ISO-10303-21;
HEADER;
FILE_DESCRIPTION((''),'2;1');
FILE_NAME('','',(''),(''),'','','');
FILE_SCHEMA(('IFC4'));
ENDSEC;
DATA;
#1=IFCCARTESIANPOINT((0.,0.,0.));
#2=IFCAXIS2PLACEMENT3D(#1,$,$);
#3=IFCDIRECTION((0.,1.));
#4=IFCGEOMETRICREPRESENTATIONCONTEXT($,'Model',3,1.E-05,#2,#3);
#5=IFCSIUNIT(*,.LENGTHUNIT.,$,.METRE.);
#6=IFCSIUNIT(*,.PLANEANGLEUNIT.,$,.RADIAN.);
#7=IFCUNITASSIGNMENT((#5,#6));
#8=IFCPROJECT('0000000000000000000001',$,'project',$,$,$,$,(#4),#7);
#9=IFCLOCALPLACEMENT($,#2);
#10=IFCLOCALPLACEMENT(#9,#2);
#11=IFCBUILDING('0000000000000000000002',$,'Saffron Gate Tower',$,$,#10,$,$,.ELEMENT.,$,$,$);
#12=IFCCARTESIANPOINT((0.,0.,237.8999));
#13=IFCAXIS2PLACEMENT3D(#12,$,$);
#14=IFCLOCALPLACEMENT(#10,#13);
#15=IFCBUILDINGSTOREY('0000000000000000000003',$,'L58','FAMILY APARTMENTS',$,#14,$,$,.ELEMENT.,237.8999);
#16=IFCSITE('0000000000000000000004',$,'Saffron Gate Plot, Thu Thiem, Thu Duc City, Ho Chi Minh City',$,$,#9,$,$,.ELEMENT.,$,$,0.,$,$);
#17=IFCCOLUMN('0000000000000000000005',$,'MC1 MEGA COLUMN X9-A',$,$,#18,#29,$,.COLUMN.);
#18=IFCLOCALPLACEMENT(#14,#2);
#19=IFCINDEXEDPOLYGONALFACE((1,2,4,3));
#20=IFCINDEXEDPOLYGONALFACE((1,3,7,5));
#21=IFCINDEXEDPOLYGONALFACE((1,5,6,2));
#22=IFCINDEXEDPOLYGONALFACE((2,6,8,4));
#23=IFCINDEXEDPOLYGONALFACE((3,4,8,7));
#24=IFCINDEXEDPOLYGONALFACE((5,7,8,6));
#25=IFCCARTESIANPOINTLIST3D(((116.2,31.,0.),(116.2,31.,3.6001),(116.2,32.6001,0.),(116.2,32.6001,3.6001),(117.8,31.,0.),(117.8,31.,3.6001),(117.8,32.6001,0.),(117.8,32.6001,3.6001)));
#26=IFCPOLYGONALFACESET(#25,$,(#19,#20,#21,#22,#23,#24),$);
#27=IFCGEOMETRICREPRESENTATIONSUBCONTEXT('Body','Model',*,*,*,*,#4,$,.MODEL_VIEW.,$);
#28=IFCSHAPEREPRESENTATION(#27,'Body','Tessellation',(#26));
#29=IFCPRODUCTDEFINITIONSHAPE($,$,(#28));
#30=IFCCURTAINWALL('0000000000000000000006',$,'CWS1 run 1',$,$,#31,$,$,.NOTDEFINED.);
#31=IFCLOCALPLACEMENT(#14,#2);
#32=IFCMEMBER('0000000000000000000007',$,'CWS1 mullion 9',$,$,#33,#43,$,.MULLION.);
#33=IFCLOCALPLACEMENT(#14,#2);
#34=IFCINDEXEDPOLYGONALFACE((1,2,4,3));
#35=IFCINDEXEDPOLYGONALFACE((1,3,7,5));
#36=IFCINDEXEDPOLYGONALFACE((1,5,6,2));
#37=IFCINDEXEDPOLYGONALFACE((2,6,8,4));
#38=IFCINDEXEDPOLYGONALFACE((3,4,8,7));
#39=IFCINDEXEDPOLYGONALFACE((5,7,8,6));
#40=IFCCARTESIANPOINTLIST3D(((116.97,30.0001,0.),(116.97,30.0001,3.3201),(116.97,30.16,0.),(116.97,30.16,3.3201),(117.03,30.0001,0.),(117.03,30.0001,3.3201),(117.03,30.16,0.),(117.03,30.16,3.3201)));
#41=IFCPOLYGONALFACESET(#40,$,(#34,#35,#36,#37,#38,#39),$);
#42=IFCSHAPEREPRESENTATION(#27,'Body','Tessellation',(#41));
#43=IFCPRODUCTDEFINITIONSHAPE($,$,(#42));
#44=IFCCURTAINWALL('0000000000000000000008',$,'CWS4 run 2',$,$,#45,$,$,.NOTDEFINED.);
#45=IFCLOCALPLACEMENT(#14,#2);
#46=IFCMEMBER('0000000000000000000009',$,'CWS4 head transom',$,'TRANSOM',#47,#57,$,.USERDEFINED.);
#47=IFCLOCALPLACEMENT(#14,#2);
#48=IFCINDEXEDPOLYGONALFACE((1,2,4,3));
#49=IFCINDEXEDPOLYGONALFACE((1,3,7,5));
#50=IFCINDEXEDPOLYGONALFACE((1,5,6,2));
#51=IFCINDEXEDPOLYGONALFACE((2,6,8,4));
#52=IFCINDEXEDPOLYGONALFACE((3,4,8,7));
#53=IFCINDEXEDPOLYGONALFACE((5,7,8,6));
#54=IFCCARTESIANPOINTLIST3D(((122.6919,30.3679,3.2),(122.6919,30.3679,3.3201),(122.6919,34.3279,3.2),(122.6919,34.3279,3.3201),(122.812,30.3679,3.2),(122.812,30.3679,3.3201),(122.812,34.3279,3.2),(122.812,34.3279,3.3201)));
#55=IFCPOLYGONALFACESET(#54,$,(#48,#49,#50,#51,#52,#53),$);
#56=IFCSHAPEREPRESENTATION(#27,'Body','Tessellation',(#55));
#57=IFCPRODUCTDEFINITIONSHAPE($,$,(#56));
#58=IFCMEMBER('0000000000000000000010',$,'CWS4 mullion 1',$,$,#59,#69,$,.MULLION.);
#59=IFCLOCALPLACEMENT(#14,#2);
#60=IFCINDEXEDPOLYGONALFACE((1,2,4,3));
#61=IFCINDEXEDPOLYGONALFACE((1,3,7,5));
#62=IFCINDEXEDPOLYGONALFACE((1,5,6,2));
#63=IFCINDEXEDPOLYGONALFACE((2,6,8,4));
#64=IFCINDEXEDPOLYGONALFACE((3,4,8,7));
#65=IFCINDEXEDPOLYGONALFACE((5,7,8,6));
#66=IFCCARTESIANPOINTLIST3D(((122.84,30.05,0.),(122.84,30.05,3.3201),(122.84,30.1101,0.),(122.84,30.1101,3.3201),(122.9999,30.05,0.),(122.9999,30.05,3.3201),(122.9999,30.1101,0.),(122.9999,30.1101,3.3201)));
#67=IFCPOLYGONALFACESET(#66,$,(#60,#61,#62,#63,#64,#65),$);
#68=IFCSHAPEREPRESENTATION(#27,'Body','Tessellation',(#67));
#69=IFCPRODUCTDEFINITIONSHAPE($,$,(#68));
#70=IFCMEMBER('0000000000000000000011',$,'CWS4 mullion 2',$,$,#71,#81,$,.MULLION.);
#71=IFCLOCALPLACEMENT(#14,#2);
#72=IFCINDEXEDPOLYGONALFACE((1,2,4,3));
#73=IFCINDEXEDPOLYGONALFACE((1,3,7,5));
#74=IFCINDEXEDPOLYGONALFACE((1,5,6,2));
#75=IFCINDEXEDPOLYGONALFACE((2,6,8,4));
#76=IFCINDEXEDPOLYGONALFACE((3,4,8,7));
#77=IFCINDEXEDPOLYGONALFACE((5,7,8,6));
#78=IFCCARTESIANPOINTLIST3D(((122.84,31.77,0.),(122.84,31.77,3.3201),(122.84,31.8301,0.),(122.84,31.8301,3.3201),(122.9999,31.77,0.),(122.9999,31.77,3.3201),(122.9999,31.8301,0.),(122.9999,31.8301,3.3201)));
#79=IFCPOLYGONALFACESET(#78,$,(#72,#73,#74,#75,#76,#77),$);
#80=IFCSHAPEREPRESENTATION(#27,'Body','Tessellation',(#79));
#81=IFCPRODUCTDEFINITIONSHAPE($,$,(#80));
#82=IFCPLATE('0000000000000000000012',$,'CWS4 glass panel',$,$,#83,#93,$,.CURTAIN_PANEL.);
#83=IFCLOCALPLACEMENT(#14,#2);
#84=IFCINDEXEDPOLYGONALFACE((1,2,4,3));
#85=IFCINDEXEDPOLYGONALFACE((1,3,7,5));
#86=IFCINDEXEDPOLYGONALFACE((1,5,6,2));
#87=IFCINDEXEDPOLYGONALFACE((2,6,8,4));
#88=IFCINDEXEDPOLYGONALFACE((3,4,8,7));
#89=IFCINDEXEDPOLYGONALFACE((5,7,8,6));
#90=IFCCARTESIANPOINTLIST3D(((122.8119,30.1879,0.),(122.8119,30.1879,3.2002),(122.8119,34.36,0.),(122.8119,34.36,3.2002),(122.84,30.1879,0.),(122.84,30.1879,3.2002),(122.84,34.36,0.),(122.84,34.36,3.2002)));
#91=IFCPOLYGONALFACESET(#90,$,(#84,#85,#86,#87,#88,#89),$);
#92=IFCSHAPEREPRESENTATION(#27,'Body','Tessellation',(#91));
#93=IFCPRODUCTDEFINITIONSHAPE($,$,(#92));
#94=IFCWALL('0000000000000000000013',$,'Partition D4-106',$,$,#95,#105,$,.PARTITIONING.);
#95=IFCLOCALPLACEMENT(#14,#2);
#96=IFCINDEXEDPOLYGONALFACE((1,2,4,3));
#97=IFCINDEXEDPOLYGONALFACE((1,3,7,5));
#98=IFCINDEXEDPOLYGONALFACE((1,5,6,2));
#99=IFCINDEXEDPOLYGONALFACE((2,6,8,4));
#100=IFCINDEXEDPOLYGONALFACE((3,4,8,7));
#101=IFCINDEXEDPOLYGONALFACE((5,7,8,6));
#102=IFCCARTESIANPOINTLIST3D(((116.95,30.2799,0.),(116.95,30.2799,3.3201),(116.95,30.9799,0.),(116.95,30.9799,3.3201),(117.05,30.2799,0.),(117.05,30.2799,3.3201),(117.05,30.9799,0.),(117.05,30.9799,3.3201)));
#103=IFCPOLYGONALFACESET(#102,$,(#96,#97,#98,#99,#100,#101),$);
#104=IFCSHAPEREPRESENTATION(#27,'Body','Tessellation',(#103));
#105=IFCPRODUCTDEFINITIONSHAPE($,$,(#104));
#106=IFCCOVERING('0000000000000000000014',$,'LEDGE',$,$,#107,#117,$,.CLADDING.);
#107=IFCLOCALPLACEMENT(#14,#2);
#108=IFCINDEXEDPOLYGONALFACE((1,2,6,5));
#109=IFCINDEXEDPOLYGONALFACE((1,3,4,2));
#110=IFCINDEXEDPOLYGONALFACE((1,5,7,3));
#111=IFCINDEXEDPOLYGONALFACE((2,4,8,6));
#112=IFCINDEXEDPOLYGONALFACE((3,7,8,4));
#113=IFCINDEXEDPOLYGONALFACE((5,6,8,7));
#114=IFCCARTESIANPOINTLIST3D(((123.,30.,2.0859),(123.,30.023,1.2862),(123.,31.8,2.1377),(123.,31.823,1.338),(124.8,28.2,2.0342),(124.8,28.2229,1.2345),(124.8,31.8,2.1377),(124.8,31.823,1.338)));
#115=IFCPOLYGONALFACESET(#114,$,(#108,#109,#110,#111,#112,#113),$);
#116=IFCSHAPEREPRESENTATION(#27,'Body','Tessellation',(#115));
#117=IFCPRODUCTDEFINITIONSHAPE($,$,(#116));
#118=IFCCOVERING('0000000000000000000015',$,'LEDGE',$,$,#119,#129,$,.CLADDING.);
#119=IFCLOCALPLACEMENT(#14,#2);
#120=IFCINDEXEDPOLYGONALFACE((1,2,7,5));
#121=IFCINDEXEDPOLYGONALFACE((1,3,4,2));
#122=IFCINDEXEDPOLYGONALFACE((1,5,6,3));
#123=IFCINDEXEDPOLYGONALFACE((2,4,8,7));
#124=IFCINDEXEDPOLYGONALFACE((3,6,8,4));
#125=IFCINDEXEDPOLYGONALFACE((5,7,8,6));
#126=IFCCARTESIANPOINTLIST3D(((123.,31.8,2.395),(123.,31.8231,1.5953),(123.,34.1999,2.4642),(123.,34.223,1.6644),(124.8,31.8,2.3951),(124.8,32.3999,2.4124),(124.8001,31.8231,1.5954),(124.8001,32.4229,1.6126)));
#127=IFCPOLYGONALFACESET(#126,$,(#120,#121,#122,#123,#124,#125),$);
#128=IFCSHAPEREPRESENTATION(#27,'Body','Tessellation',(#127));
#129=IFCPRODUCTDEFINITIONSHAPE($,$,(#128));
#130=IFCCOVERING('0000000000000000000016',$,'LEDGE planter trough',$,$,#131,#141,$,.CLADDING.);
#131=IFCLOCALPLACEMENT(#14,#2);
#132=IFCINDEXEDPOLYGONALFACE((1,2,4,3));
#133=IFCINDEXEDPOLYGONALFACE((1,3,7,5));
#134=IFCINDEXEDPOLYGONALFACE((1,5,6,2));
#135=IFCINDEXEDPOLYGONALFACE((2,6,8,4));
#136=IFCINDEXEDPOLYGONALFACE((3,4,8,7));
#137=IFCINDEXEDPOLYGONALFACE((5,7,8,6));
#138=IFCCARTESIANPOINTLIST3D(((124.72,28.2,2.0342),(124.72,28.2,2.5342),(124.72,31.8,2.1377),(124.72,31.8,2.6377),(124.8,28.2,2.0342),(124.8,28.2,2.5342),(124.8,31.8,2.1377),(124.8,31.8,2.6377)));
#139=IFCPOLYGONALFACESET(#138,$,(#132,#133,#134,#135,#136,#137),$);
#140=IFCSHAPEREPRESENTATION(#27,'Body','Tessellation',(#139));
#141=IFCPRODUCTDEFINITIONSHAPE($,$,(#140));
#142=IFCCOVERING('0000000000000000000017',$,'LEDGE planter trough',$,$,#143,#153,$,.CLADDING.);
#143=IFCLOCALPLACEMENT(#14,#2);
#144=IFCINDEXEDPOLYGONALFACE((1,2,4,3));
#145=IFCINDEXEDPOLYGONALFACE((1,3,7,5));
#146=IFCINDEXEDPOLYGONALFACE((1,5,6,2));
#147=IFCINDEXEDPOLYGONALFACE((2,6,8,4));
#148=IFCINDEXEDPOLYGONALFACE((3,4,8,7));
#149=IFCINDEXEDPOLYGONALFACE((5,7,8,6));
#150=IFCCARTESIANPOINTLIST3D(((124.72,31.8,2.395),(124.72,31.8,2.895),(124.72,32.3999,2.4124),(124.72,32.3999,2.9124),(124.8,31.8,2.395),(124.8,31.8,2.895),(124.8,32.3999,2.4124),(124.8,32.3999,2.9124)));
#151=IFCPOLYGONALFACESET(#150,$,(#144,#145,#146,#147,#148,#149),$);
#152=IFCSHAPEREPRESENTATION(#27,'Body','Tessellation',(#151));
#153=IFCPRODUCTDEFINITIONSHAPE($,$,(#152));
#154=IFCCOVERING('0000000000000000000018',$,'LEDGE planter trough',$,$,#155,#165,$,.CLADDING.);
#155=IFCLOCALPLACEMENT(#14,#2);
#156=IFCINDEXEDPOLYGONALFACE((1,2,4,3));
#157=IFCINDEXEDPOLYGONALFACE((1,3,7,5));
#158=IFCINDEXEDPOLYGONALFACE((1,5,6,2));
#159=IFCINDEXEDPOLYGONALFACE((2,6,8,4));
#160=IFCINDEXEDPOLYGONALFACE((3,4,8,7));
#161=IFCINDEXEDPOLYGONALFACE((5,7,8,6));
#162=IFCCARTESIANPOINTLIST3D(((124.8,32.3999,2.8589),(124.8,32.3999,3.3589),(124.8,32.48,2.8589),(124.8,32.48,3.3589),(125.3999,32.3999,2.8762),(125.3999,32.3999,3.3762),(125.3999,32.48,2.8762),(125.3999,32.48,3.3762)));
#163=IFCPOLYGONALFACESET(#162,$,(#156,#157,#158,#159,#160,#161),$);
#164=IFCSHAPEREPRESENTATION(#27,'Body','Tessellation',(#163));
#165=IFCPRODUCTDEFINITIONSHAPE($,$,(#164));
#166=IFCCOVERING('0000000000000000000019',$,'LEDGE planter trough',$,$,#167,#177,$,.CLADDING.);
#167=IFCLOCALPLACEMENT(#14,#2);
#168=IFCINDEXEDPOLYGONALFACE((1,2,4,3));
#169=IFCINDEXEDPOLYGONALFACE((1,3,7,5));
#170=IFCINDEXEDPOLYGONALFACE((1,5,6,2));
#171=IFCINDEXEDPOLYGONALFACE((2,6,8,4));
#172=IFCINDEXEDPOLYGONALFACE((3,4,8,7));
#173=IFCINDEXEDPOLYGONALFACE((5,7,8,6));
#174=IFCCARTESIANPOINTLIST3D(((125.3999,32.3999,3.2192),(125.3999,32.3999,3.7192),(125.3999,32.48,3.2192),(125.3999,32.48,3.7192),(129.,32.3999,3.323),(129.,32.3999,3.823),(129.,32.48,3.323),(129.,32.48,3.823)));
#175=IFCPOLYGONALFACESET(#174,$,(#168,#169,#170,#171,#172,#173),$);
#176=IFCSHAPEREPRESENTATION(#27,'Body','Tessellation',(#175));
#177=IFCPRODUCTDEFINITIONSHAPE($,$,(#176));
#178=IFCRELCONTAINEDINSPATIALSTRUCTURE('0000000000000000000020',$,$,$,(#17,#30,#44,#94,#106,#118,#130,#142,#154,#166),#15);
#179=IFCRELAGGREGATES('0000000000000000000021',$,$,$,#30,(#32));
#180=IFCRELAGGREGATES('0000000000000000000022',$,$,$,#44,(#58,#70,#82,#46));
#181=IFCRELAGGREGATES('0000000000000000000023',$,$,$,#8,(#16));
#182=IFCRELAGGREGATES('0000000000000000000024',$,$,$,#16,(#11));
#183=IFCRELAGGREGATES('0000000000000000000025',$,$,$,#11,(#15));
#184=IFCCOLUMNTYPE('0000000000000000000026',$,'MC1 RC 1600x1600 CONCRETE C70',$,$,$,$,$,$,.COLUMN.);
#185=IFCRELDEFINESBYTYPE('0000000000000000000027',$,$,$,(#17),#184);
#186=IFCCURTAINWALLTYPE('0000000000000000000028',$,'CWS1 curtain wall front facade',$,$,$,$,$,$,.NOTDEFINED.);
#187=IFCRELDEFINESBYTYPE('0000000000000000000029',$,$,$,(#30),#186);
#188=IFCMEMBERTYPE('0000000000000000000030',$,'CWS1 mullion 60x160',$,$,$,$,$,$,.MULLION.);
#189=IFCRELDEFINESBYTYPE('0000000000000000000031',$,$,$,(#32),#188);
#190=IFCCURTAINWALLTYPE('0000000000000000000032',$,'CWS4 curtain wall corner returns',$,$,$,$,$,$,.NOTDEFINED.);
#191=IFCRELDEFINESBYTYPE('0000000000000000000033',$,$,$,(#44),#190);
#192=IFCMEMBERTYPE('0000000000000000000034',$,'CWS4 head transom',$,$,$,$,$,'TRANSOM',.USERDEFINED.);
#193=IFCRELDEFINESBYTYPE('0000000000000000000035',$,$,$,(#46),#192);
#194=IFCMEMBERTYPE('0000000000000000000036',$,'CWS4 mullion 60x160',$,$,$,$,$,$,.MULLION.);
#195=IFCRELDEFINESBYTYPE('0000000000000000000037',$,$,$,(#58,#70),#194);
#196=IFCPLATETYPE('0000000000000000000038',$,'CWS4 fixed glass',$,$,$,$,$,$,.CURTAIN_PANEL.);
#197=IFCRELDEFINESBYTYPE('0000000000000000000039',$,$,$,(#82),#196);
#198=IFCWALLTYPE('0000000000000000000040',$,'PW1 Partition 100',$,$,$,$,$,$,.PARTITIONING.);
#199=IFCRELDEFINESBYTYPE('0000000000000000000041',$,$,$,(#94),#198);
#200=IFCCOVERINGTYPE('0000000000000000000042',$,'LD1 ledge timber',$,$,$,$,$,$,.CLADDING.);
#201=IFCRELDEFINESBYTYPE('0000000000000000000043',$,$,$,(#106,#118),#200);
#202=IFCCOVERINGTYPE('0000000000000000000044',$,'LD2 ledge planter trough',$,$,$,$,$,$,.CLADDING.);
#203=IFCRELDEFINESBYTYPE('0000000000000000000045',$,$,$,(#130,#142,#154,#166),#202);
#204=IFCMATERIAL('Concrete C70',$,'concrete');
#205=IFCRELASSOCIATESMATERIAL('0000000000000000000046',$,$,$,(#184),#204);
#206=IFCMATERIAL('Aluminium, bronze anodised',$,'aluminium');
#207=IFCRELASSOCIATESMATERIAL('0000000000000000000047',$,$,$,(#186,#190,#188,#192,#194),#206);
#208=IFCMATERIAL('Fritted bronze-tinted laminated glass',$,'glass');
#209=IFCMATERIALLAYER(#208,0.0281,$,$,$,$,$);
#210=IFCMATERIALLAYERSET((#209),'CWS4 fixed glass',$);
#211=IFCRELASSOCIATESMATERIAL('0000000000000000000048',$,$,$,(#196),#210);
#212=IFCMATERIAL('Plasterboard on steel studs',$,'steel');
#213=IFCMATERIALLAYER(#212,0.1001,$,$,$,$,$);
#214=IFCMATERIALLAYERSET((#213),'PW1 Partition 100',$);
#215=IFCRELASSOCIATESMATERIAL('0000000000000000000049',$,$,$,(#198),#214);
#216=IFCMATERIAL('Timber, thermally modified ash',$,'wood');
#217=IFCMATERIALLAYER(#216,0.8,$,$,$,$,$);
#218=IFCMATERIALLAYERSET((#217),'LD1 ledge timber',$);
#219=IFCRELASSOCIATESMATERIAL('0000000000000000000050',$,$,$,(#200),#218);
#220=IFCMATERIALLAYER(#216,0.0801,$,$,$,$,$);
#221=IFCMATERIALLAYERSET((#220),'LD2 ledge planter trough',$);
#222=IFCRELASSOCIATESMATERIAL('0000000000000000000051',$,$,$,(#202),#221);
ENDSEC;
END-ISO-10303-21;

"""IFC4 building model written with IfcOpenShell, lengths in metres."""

from ifc_helpers import new_model, si_unit, direction, frame, frame_2d, origin, origin_2d, place, context, subcontext, project, spatial, polyline, rectangle, outline, extrude, material, layer, layer_set, material_profile, profile_set, type_object, element, aggregate, save


model = new_model("IFC4")

# Units and contexts
model_context = context("Model", 3, precision=1e-05, world=origin(), true_north=direction((0.0, 1.0)))
body_context = subcontext(model_context, "Body", "Model", "MODEL_VIEW")
ifc_project = project(units=[si_unit("LENGTHUNIT", "METRE"), si_unit("PLANEANGLEUNIT", "RADIAN")], contexts=[model_context])

# Site, building, storey
site_placement = place(None, origin())
site = spatial("IfcSite", under=ifc_project, at=site_placement, Name="Saffron Gate Plot, Thu Thiem, Thu Duc City, Ho Chi Minh City", CompositionType="ELEMENT", RefElevation=0.0)
building_placement = place(site_placement, origin())
building = spatial("IfcBuilding", under=site, at=building_placement, Name="Saffron Gate Tower", CompositionType="ELEMENT")
storey_placement = place(building_placement, frame((0.0, 0.0, 237.8999)))
storey = spatial("IfcBuildingStorey", under=building, at=storey_placement, Name="L58", Description="FAMILY APARTMENTS", CompositionType="ELEMENT", Elevation=237.8999)

# Column
ifc_material_1 = material(Name="Concrete C70", Category="concrete")
ifc_material_profile_1 = material_profile(ifc_material_1, rectangle(XDim=1.6001, YDim=1.6001, at=origin_2d()))
ifc_profile_set_1 = profile_set([ifc_material_profile_1], Name="Concrete C70")
column_type = type_object("IfcColumnType", Name="MC1 RC 1600x1600 CONCRETE C70", PredefinedType="COLUMN", material=ifc_profile_set_1)
column_placement = place(storey_placement, frame((117.0, 31.8, 0.0), z_axis=(0.0, 0.0, 1.0), x_axis=(1.0, 0.0, 0.0)))
element("IfcColumn", 1, at=column_placement, inside=storey, type_object=column_type, Name="MC1 MEGA COLUMN X9-A", PredefinedType="COLUMN", context=body_context, shape_type="SweptSolid", body=[
    extrude(rectangle(XDim=1.6001, YDim=1.6001, at=origin_2d()), origin(), (0.0, 0.0, 1.0), 3.6001),
])

# Curtain wall, member
ifc_material_2 = material(Name="Aluminium, bronze anodised", Category="aluminium")
curtain_wall_type_1 = type_object("IfcCurtainWallType", Name="CWS1 curtain wall front facade", PredefinedType="NOTDEFINED", material=ifc_material_2)
curtain_wall_1_placement = place(storey_placement, origin())
curtain_wall_1 = element("IfcCurtainWall", 2, at=curtain_wall_1_placement, inside=storey, type_object=curtain_wall_type_1, Name="CWS1 run 1", PredefinedType="NOTDEFINED")
ifc_material_profile_2 = material_profile(ifc_material_2, rectangle(XDim=0.1599, YDim=0.0601, at=origin_2d()))
ifc_profile_set_2 = profile_set([ifc_material_profile_2], Name="Aluminium, bronze anodised")
member_type_1 = type_object("IfcMemberType", Name="CWS1 mullion 60x160", PredefinedType="MULLION", material=ifc_profile_set_2)
member_1_placement = place(storey_placement, frame((117.0, 30.0801, 0.0), z_axis=(0.0, 0.0, 1.0), x_axis=(0.0, 1.0, 0.0)))
member_1 = element("IfcMember", 3, at=member_1_placement, type_object=member_type_1, Name="CWS1 mullion 9", PredefinedType="MULLION", context=body_context, shape_type="SweptSolid", body=[
    extrude(rectangle(XDim=0.1599, YDim=0.0601, at=origin_2d()), origin(), (0.0, 0.0, 1.0), 3.3201),
])
aggregate(curtain_wall_1, [member_1])

# Curtain wall, members, plate
curtain_wall_type_2 = type_object("IfcCurtainWallType", Name="CWS4 curtain wall corner returns", PredefinedType="NOTDEFINED", material=ifc_material_2)
curtain_wall_2_placement = place(storey_placement, origin())
curtain_wall_2 = element("IfcCurtainWall", 4, at=curtain_wall_2_placement, inside=storey, type_object=curtain_wall_type_2, Name="CWS4 run 2", PredefinedType="NOTDEFINED")
ifc_material_profile_3 = material_profile(ifc_material_2, rectangle(XDim=0.1201, YDim=0.1201, at=origin_2d()))
ifc_profile_set_3 = profile_set([ifc_material_profile_3], Name="Aluminium, bronze anodised")
member_type_2 = type_object("IfcMemberType", Name="CWS4 head transom", ElementType="TRANSOM", PredefinedType="USERDEFINED", material=ifc_profile_set_3)
member_2_placement = place(storey_placement, frame((122.752, 30.3679, 3.26), z_axis=(0.0, 1.0, 0.0), x_axis=(-1.0, 0.0, 0.0)))
member_2 = element("IfcMember", 5, at=member_2_placement, type_object=member_type_2, Name="CWS4 head transom", ObjectType="TRANSOM", PredefinedType="USERDEFINED", context=body_context, shape_type="SweptSolid", body=[
    extrude(rectangle(XDim=0.1201, YDim=0.1201, at=origin_2d()), origin(), (0.0, 0.0, 1.0), 3.96),
])
ifc_material_profile_4 = material_profile(ifc_material_2, rectangle(XDim=0.1599, YDim=0.0601, at=origin_2d()))
ifc_profile_set_4 = profile_set([ifc_material_profile_4], Name="Aluminium, bronze anodised")
member_type_3 = type_object("IfcMemberType", Name="CWS4 mullion 60x160", PredefinedType="MULLION", material=ifc_profile_set_4)
member_3_placement = place(storey_placement, frame((122.9199, 30.0801, 0.0), z_axis=(0.0, 0.0, 1.0), x_axis=(-1.0, 0.0, 0.0)))
member_3 = element("IfcMember", 6, at=member_3_placement, type_object=member_type_3, Name="CWS4 mullion 1", PredefinedType="MULLION", context=body_context, shape_type="SweptSolid", body=[
    extrude(rectangle(XDim=0.1599, YDim=0.0601, at=origin_2d()), origin(), (0.0, 0.0, 1.0), 3.3201),
])
member_4_placement = place(storey_placement, frame((122.9199, 31.8, 0.0), z_axis=(0.0, 0.0, 1.0), x_axis=(-1.0, 0.0, 0.0)))
member_4 = element("IfcMember", 7, at=member_4_placement, type_object=member_type_3, Name="CWS4 mullion 2", PredefinedType="MULLION", context=body_context, shape_type="SweptSolid", body=[
    extrude(rectangle(XDim=0.1599, YDim=0.0601, at=origin_2d()), origin(), (0.0, 0.0, 1.0), 3.3201),
])
ifc_material_3 = material(Name="Fritted bronze-tinted laminated glass", Category="glass")
ifc_layer_1 = layer(ifc_material_3, 0.0281)
ifc_layer_set_1 = layer_set([ifc_layer_1], Name="CWS4 fixed glass")
plate_type = type_object("IfcPlateType", Name="CWS4 fixed glass", PredefinedType="CURTAIN_PANEL", material=ifc_layer_set_1)
plate_placement = place(storey_placement, frame((122.8259, 30.188, 0.0), z_axis=(0.0, 0.0, 1.0), x_axis=(0.0, 1.0, 0.0)))
plate = element("IfcPlate", 8, at=plate_placement, type_object=plate_type, Name="CWS4 glass panel", PredefinedType="CURTAIN_PANEL", context=body_context, shape_type="SweptSolid", body=[
    extrude(rectangle(XDim=4.1721, YDim=0.0281, at=frame_2d((2.0859, 0.0))), origin(), (0.0, 0.0, 1.0), 3.2002),
])
aggregate(curtain_wall_2, [member_3, member_4, plate, member_2])

# Wall
ifc_material_4 = material(Name="Plasterboard on steel studs", Category="steel")
ifc_layer_2 = layer(ifc_material_4, 0.1001)
ifc_layer_set_2 = layer_set([ifc_layer_2], Name="PW1 Partition 100")
wall_type = type_object("IfcWallType", Name="PW1 Partition 100", PredefinedType="PARTITIONING", material=ifc_layer_set_2)
wall_placement = place(storey_placement, frame((117.0, 30.98, 0.0), z_axis=(0.0, 0.0, 1.0), x_axis=(0.0, -1.0, 0.0)))
element("IfcWall", 9, at=wall_placement, inside=storey, type_object=wall_type, Name="Partition D4-106", PredefinedType="PARTITIONING", context=body_context, shape_type="SweptSolid", body=[
    extrude(rectangle(XDim=0.7, YDim=0.1001, at=frame_2d((0.3501, 0.0))), origin(), (0.0, 0.0, 1.0), 3.3201),
])

# Coverings
ifc_material_5 = material(Name="Timber, thermally modified ash", Category="wood")
ifc_layer_3 = layer(ifc_material_5, 0.8)
ifc_layer_set_3 = layer_set([ifc_layer_3], Name="LD1 ledge timber")
covering_type_1 = type_object("IfcCoveringType", Name="LD1 ledge timber", PredefinedType="CLADDING", material=ifc_layer_set_3)
covering_1_placement = place(storey_placement, frame((123.0, 30.0, 2.0859), z_axis=(0.0, -0.028742, 0.999587), x_axis=(0.0, 0.999587, 0.028742)))
element("IfcCovering", 10, at=covering_1_placement, inside=storey, type_object=covering_type_1, Name="LEDGE", PredefinedType="CLADDING", context=body_context, shape_type="SweptSolid", body=[
    extrude(outline(polyline([(0.0, 0.0), (1.8008, 0.0), (1.8008, -1.8), (-1.8008, -1.8), (0.0, 0.0)])), origin(), (0.0, 0.0, -1.0), 0.8),
])
covering_2_placement = place(storey_placement, frame((123.0, 31.8, 2.395), z_axis=(-0.000029, -0.028799, 0.999585), x_axis=(0.0, 0.999585, 0.028799)))
element("IfcCovering", 11, at=covering_2_placement, inside=storey, type_object=covering_type_1, Name="LEDGE", PredefinedType="CLADDING", context=body_context, shape_type="SweptSolid", body=[
    extrude(outline(polyline([(0.0, 0.0), (2.4009, 0.0), (0.6001, -1.8), (0.0, -1.8), (0.0, 0.0)])), origin(), (0.0, 0.0, -1.0), 0.8),
])
ifc_layer_4 = layer(ifc_material_5, 0.0801)
ifc_layer_set_4 = layer_set([ifc_layer_4], Name="LD2 ledge planter trough")
covering_type_2 = type_object("IfcCoveringType", Name="LD2 ledge planter trough", PredefinedType="CLADDING", material=ifc_layer_set_4)
covering_3_placement = place(storey_placement, frame((124.8, 28.2, 2.0342), z_axis=(1.0, 0.0, 0.0), x_axis=(0.0, 0.999587, 0.028742)))
element("IfcCovering", 12, at=covering_3_placement, inside=storey, type_object=covering_type_2, Name="LEDGE planter trough", PredefinedType="CLADDING", context=body_context, shape_type="SweptSolid", body=[
    extrude(outline(polyline([(0.0, 0.0), (3.6016, 0.0), (3.616, 0.4998), (0.0144, 0.4998), (0.0, 0.0)])), origin(), (0.0, 0.0, -1.0), 0.0801),
])
for number, where, z_axis, x_axis, name in (
    (13, (124.8, 31.8, 2.395), (1.0, 0.0, 0.0), (0.0, 0.999583, 0.028885), "LEDGE planter trough"),
    (14, (124.8, 32.3999, 2.8589), (0.0, -1.0, 0.0), (0.999583, 0.0, 0.028885), "LEDGE planter trough"),
):
    element("IfcCovering", number, at=place(storey_placement, frame(where, z_axis=z_axis, x_axis=x_axis)), inside=storey, type_object=covering_type_2, Name=name, PredefinedType="CLADDING", context=body_context, shape_type="SweptSolid", body=[
        extrude(outline(polyline([(0.0, 0.0), (0.6001, 0.0), (0.6145, 0.4998), (0.0144, 0.4998), (0.0, 0.0)])), origin(), (0.0, 0.0, -1.0), 0.0801),
    ])
covering_4_placement = place(storey_placement, frame((125.3999, 32.3999, 3.2192), z_axis=(0.0, -1.0, 0.0), x_axis=(0.999585, 0.0, 0.028809)))
element("IfcCovering", 15, at=covering_4_placement, inside=storey, type_object=covering_type_2, Name="LEDGE planter trough", PredefinedType="CLADDING", context=body_context, shape_type="SweptSolid", body=[
    extrude(outline(polyline([(0.0, 0.0), (3.6016, 0.0), (3.616, 0.4998), (0.0144, 0.4998), (0.0, 0.0)])), origin(), (0.0, 0.0, -1.0), 0.0801),
])

save(model, "model.ifc")
